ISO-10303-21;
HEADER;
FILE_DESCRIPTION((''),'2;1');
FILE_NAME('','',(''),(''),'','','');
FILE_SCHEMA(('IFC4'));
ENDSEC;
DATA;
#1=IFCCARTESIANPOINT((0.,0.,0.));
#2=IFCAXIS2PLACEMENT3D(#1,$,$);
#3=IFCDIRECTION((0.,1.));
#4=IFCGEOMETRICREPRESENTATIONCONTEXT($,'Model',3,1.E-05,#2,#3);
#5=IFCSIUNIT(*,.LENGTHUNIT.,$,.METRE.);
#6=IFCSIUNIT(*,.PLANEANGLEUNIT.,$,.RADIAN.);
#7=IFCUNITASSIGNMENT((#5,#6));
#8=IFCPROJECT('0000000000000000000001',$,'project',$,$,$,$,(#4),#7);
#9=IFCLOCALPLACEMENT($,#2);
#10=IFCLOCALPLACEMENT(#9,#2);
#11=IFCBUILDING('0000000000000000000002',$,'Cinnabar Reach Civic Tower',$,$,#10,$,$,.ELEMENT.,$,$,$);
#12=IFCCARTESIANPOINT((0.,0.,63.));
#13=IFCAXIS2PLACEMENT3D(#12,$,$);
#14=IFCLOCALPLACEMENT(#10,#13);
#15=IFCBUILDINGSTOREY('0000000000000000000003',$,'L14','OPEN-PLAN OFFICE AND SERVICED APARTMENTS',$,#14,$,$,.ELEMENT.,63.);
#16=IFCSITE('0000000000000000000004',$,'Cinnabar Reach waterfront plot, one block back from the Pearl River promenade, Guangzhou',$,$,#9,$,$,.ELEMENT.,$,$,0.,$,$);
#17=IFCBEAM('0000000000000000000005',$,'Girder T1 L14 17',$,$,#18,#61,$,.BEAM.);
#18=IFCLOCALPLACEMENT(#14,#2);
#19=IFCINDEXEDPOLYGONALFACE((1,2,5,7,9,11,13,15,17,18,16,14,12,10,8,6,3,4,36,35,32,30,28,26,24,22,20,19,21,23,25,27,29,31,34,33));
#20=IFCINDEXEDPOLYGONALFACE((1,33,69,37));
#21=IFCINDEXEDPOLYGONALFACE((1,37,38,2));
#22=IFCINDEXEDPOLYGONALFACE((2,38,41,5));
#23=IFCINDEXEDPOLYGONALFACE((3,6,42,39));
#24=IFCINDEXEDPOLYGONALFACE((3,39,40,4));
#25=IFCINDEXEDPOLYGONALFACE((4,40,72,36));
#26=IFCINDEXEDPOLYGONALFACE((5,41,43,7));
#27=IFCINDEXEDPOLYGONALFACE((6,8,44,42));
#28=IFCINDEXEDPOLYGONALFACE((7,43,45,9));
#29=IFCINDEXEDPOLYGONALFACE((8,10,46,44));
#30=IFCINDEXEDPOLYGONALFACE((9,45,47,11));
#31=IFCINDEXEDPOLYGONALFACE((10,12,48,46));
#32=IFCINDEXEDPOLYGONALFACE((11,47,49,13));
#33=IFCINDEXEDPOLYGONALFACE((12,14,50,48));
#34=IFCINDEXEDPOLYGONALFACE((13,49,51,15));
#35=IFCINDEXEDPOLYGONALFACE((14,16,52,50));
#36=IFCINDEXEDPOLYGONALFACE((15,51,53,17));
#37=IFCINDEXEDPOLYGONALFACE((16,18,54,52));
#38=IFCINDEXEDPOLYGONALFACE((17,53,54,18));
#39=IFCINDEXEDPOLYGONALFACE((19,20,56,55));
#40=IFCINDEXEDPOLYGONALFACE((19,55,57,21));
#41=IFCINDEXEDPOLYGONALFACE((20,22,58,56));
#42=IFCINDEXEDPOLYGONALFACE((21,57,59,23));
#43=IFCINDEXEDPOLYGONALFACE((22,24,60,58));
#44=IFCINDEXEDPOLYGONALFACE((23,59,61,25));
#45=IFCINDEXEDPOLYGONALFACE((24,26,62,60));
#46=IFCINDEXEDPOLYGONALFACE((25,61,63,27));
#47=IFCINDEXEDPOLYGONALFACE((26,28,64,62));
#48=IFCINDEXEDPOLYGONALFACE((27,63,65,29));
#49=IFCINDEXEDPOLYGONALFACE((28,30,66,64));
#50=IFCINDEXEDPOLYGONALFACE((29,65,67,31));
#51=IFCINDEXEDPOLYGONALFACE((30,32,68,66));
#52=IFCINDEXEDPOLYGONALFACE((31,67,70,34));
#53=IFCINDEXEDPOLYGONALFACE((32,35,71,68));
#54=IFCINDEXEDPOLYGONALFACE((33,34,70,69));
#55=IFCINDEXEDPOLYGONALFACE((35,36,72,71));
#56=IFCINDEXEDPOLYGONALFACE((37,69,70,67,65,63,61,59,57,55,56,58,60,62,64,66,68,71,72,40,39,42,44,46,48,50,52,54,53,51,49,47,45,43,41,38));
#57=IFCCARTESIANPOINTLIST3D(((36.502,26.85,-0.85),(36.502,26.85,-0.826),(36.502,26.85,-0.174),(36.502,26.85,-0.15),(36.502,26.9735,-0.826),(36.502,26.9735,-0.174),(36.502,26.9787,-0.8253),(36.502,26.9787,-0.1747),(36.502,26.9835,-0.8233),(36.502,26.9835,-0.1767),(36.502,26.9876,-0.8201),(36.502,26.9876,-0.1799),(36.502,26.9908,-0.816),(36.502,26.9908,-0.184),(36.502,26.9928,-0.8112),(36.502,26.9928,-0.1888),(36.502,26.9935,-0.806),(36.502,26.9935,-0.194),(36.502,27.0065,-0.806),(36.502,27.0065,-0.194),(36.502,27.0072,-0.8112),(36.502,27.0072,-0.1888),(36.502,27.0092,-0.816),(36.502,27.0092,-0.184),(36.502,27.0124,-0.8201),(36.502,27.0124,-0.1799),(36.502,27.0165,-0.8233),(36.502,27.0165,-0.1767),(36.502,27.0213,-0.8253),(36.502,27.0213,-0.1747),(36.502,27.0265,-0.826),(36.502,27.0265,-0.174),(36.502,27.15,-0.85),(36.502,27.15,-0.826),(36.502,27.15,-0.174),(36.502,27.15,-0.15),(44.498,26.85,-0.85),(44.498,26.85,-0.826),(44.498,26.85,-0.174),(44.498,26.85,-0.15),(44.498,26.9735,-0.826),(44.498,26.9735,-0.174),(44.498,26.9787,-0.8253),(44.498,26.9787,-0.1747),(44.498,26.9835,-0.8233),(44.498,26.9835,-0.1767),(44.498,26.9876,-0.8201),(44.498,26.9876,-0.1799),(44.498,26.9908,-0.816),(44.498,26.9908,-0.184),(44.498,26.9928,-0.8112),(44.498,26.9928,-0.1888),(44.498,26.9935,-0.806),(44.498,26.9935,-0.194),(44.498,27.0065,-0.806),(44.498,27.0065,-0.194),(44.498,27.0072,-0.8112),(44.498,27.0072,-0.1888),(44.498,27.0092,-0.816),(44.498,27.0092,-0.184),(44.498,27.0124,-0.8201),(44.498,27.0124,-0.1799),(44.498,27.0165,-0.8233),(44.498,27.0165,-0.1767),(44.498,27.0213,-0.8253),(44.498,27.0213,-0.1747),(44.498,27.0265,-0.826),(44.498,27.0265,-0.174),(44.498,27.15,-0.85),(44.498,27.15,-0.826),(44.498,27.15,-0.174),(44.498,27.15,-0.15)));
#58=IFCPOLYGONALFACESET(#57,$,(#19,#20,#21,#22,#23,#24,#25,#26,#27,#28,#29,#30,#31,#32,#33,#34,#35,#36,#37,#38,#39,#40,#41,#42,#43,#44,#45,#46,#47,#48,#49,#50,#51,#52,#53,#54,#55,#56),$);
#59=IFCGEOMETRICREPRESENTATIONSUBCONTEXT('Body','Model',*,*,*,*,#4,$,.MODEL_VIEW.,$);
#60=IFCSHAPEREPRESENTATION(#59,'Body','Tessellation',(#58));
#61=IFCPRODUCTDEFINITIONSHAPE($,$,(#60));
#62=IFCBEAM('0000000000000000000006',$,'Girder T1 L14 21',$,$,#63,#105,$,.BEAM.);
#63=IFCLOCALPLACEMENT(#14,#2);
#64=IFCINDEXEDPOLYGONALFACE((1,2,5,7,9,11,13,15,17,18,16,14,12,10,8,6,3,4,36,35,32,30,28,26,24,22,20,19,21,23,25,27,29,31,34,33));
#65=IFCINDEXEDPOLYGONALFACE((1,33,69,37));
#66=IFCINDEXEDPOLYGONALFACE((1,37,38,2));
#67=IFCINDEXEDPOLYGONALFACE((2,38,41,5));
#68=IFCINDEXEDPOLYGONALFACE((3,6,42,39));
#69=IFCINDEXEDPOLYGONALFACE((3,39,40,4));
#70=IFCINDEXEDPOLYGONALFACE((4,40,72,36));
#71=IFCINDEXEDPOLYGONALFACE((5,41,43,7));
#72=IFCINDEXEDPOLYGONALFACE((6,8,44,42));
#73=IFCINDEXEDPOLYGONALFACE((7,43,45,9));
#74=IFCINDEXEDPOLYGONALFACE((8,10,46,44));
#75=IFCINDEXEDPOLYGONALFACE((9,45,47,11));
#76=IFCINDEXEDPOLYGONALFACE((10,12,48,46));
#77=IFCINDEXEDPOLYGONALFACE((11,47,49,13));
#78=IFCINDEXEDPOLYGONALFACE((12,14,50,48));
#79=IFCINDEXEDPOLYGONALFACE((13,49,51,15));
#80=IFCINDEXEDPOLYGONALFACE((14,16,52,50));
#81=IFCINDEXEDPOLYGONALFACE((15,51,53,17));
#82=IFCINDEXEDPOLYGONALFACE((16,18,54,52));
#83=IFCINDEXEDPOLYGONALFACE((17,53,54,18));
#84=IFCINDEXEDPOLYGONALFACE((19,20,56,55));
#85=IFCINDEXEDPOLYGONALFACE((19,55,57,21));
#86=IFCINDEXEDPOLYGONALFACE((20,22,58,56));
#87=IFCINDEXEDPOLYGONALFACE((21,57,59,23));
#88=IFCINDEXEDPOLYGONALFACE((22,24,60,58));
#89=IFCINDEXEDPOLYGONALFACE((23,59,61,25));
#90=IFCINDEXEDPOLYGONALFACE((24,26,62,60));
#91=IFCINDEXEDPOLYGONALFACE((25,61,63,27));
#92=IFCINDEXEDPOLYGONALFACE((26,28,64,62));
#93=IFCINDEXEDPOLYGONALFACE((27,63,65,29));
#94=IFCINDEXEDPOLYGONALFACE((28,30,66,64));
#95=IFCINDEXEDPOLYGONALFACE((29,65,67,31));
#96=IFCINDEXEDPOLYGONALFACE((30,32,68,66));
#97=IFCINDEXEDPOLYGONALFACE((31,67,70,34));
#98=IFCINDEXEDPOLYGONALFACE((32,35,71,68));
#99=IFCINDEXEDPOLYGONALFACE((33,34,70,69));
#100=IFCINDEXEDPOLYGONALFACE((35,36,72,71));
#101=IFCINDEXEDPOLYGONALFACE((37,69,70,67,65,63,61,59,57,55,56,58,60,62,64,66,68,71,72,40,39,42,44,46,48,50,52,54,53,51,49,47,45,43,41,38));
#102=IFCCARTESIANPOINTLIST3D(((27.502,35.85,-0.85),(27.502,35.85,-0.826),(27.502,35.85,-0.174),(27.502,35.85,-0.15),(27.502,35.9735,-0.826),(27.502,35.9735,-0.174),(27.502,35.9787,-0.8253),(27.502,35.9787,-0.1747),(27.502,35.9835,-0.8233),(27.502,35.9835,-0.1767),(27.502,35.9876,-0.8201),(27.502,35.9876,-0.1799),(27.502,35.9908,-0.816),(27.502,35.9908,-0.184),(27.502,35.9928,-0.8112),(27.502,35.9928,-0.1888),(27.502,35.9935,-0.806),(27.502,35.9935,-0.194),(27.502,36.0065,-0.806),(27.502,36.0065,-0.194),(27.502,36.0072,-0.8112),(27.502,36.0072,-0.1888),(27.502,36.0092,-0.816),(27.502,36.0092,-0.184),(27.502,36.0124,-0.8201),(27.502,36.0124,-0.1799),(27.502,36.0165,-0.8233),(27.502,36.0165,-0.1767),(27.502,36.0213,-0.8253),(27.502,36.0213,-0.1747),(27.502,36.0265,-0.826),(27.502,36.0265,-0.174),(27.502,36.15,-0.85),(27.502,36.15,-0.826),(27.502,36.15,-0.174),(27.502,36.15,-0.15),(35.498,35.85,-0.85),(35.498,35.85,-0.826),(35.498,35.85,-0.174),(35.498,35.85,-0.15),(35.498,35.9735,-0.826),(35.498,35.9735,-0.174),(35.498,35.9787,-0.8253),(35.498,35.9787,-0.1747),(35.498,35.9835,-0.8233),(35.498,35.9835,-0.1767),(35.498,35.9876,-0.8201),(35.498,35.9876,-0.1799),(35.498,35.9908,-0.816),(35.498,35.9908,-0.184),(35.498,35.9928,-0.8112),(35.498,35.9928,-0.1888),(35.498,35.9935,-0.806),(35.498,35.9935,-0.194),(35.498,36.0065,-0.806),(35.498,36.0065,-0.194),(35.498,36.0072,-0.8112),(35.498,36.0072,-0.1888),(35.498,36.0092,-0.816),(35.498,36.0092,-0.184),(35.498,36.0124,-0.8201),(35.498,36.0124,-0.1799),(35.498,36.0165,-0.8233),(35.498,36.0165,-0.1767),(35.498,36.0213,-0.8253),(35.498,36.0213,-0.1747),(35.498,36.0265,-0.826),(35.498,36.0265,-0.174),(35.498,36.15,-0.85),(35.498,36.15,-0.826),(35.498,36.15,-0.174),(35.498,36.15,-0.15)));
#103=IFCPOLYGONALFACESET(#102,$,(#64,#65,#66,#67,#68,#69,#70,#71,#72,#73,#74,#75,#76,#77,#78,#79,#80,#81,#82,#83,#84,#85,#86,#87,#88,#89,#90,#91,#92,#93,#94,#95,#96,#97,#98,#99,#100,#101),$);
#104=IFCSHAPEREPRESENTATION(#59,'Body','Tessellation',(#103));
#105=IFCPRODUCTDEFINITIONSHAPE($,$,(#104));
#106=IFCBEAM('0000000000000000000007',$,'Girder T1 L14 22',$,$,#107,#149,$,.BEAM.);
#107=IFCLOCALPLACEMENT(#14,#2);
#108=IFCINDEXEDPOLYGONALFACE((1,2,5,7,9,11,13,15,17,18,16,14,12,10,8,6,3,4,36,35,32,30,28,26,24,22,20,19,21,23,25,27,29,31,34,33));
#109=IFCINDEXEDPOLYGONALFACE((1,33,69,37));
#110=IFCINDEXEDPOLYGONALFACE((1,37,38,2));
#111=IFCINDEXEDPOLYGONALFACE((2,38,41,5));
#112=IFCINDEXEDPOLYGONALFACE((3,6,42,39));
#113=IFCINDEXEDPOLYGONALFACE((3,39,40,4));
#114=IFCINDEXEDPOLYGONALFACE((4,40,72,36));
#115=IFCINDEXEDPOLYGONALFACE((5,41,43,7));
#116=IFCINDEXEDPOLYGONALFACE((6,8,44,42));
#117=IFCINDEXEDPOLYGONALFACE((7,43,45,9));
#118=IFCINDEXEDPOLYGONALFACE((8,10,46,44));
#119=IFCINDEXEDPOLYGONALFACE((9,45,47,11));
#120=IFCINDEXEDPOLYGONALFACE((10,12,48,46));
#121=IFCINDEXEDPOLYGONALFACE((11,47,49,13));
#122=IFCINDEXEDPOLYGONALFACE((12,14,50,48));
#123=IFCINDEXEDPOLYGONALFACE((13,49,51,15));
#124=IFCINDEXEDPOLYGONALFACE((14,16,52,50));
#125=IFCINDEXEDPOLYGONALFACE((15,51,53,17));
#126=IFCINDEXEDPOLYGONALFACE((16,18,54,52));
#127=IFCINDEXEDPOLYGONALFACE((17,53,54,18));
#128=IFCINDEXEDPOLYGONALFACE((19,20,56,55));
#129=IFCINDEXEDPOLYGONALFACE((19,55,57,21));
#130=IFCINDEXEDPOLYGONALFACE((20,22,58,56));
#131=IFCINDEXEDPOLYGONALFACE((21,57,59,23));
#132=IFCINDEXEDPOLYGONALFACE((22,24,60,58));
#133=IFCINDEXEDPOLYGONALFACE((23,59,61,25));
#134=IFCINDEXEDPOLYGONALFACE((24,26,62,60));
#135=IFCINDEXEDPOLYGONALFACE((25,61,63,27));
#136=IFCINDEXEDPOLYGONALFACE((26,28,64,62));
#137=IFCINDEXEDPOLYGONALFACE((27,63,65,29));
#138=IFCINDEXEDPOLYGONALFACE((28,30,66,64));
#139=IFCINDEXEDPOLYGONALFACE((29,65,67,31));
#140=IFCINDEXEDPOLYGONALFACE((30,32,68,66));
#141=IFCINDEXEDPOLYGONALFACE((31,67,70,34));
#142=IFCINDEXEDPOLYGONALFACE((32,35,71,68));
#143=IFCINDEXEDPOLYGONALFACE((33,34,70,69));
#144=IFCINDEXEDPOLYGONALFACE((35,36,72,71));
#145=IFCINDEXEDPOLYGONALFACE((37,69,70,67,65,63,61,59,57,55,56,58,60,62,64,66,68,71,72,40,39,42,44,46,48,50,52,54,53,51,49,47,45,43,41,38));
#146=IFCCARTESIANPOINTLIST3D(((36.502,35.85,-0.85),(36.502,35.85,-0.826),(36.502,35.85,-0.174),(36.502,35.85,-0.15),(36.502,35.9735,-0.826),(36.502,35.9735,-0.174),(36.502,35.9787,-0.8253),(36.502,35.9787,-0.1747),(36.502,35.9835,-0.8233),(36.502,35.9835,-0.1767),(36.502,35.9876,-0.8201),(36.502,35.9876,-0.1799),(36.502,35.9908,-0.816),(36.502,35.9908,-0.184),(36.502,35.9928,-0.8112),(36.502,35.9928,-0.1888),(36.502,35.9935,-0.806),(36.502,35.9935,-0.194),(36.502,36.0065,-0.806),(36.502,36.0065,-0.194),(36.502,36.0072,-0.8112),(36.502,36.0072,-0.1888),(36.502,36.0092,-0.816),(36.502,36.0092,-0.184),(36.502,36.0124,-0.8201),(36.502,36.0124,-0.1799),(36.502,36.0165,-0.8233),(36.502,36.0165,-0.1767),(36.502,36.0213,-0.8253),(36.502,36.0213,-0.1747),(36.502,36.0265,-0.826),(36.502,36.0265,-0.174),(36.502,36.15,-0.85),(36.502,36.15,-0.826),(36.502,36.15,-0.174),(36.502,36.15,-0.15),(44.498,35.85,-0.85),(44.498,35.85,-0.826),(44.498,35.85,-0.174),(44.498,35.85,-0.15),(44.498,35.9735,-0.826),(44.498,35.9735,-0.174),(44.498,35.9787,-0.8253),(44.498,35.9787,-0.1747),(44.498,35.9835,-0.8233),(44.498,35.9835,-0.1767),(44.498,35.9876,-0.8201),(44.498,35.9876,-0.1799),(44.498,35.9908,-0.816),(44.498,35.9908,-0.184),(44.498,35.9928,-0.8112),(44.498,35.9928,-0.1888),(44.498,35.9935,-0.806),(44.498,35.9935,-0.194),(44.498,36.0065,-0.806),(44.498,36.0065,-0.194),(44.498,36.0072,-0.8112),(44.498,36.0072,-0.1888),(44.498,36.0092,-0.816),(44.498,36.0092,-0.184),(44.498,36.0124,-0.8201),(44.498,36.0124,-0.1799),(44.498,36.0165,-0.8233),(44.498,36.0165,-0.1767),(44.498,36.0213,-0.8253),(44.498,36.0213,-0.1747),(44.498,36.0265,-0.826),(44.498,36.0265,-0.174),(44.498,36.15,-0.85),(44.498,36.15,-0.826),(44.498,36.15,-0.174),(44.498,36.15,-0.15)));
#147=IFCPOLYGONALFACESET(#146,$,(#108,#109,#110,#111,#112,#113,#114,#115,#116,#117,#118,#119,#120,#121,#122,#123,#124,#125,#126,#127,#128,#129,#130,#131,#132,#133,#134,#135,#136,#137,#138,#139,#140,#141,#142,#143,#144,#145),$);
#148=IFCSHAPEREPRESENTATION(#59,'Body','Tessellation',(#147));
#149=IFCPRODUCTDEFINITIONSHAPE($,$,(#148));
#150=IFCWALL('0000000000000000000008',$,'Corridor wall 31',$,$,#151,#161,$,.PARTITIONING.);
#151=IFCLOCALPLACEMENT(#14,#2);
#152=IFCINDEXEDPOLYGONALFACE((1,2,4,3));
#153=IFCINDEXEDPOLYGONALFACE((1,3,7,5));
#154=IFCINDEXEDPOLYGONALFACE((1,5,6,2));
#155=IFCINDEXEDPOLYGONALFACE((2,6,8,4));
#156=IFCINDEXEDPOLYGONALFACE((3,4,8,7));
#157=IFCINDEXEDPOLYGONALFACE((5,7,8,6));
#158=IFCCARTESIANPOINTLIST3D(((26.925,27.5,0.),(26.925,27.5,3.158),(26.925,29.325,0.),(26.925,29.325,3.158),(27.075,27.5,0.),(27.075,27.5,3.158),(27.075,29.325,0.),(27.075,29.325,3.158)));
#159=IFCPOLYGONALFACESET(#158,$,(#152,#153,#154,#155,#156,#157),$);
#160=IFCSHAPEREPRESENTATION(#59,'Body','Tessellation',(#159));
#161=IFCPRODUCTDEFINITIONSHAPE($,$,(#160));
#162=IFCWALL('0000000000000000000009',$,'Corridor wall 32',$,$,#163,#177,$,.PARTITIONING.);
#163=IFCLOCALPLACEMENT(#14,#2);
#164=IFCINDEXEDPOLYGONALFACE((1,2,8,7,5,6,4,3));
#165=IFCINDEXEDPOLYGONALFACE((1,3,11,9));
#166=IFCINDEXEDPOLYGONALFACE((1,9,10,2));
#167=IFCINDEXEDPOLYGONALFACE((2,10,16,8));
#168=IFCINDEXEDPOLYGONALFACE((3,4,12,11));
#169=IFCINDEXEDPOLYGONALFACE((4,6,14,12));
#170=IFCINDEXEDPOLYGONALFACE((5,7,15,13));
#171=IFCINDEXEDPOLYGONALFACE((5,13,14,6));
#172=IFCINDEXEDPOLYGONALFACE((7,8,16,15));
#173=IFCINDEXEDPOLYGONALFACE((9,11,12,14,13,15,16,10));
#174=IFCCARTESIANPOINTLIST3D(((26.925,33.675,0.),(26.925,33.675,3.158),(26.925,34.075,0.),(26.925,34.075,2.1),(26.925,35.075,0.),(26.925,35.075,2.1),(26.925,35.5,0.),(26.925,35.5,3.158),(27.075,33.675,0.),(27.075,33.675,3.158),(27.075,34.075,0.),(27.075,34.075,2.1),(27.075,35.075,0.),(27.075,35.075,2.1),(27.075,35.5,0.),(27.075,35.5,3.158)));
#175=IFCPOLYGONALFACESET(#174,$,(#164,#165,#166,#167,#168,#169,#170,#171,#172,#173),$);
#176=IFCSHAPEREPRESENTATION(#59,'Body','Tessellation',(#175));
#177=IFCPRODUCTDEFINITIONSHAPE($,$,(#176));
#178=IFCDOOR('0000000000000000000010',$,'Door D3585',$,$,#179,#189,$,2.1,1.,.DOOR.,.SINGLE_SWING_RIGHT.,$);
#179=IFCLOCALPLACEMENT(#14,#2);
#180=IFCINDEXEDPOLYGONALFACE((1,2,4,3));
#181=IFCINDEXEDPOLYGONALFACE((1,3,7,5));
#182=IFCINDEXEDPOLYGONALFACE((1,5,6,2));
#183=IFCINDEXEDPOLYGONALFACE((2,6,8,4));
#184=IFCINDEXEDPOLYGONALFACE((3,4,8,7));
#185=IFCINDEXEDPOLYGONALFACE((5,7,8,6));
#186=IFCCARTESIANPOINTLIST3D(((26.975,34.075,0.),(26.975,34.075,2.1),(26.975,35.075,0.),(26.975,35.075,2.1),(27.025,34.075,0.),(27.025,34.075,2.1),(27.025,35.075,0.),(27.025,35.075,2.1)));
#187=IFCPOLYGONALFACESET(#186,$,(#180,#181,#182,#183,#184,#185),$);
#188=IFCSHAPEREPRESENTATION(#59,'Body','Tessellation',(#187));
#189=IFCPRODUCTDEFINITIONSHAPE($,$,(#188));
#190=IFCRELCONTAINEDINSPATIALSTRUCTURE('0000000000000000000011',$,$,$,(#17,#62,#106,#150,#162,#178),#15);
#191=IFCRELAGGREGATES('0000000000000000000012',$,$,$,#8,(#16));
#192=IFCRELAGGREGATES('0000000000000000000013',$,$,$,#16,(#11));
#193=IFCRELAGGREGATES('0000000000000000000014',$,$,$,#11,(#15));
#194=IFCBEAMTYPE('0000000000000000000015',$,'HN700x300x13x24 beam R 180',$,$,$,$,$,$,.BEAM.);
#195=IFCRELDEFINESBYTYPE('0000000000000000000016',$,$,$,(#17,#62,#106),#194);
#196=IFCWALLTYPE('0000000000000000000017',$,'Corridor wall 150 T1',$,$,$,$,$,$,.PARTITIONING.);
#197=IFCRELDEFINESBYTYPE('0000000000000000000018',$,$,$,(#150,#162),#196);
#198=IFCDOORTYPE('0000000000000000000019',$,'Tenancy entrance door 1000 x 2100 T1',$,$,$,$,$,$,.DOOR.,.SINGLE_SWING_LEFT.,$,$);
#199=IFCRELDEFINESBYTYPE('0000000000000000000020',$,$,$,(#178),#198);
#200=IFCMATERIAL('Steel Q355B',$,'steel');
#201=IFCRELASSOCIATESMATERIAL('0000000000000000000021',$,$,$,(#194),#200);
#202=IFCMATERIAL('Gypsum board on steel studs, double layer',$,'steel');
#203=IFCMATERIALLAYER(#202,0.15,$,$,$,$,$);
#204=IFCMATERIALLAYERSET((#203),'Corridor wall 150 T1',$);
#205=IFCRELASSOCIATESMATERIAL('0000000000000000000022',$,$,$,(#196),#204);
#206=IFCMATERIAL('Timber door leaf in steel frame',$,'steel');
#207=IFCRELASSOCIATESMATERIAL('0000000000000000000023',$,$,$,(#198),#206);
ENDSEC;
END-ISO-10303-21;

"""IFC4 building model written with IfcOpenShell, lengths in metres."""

from ifc_helpers import new_model, si_unit, direction, frame, frame_2d, origin, origin_2d, place, context, subcontext, project, spatial, rectangle, i_section, extrude, material, layer, layer_set, material_profile, profile_set, type_object, element, fill, save


model = new_model("IFC4")

# Units and contexts
model_context = context("Model", 3, precision=1e-05, world=origin(), true_north=direction((0.0, 1.0)))
body_context = subcontext(model_context, "Body", "Model", "MODEL_VIEW")
ifc_project = project(units=[si_unit("LENGTHUNIT", "METRE"), si_unit("PLANEANGLEUNIT", "RADIAN")], contexts=[model_context])

# Site, building, storey
site_placement = place(None, origin())
site = spatial("IfcSite", under=ifc_project, at=site_placement, Name="Cinnabar Reach waterfront plot, one block back from the Pearl River promenade, Guangzhou", CompositionType="ELEMENT", RefElevation=0.0)
building_placement = place(site_placement, origin())
building = spatial("IfcBuilding", under=site, at=building_placement, Name="Cinnabar Reach Civic Tower", CompositionType="ELEMENT")
storey_placement = place(building_placement, frame((0.0, 0.0, 63.0)))
storey = spatial("IfcBuildingStorey", under=building, at=storey_placement, Name="L14", Description="OPEN-PLAN OFFICE AND SERVICED APARTMENTS", CompositionType="ELEMENT", Elevation=63.0)

# Beams
ifc_material_1 = material(Name="Steel Q355B", Category="steel")
ifc_material_profile_1 = material_profile(ifc_material_1, i_section(OverallWidth=0.3, OverallDepth=0.7, WebThickness=0.013, FlangeThickness=0.024, FilletRadius=0.02, at=origin_2d()), Name="HN700x300x13x24")
ifc_profile_set_1 = profile_set([ifc_material_profile_1], Name="Steel Q355B")
beam_type_1 = type_object("IfcBeamType", Name="HN700x300x13x24 beam R 180", PredefinedType="BEAM", material=ifc_profile_set_1)
for number, where, z_axis, x_axis, name in (
    (1, (36.502, 27.0, -0.5), (1.0, 0.0, 0.0), (0.0, 1.0, 0.0), "Girder T1 L14 17"),
    (2, (27.502, 36.0, -0.5), (1.0, 0.0, 0.0), (0.0, 1.0, 0.0), "Girder T1 L14 21"),
    (3, (36.502, 36.0, -0.5), (1.0, 0.0, 0.0), (0.0, 1.0, 0.0), "Girder T1 L14 22"),
):
    element("IfcBeam", number, at=place(storey_placement, frame(where, z_axis=z_axis, x_axis=x_axis)), inside=storey, type_object=beam_type_1, Name=name, PredefinedType="BEAM", context=body_context, shape_type="SweptSolid", body=[
        extrude(i_section(OverallWidth=0.3, OverallDepth=0.7, WebThickness=0.013, FlangeThickness=0.024, FilletRadius=0.02, at=origin_2d()), origin(), (0.0, 0.0, 1.0), 7.996),
    ])

# Wall
ifc_material_2 = material(Name="Gypsum board on steel studs, double layer", Category="steel")
ifc_layer_1 = layer(ifc_material_2, 0.15)
ifc_layer_set_1 = layer_set([ifc_layer_1], Name="Corridor wall 150 T1")
wall_type_1 = type_object("IfcWallType", Name="Corridor wall 150 T1", PredefinedType="PARTITIONING", material=ifc_layer_set_1)
wall_1_placement = place(storey_placement, frame((27.0, 27.5, 0.0), z_axis=(0.0, 0.0, 1.0), x_axis=(0.0, 1.0, 0.0)))
element("IfcWall", 4, at=wall_1_placement, inside=storey, type_object=wall_type_1, Name="Corridor wall 31", PredefinedType="PARTITIONING", context=body_context, shape_type="SweptSolid", body=[
    extrude(rectangle(XDim=1.825, YDim=0.15, at=frame_2d((0.9125, 0.0))), origin(), (0.0, 0.0, 1.0), 3.158),
])

# Wall, opening, door
wall_2_placement = place(storey_placement, frame((27.0, 33.675, 0.0), z_axis=(0.0, 0.0, 1.0), x_axis=(0.0, 1.0, 0.0)))
wall_2 = element("IfcWall", 5, at=wall_2_placement, inside=storey, type_object=wall_type_1, Name="Corridor wall 32", PredefinedType="PARTITIONING", context=body_context, shape_type="SweptSolid", body=[
    extrude(rectangle(XDim=1.825, YDim=0.15, at=frame_2d((0.9125, 0.0))), origin(), (0.0, 0.0, 1.0), 3.158),
])
opening_1_placement = place(wall_2_placement, frame((0.4, 0.0, 0.0)))
opening_1 = element("IfcOpeningElement", 6, at=opening_1_placement, cuts=wall_2, PredefinedType="OPENING", context=body_context, shape_type="SweptSolid", body=[
    extrude(rectangle(XDim=1.0, YDim=2.1, at=frame_2d((0.5, 1.05))), frame((0.0, 0.085, 0.0), z_axis=(0.0, -1.0, 0.0), x_axis=(1.0, 0.0, 0.0)), (0.0, 0.0, 1.0), 0.17),
])
ifc_material_3 = material(Name="Timber door leaf in steel frame", Category="steel")
door_type_1 = type_object("IfcDoorType", Name="Tenancy entrance door 1000 x 2100 T1", OperationType="SINGLE_SWING_LEFT", PredefinedType="DOOR", material=ifc_material_3)
door_1_placement = place(opening_1_placement, frame((1.0, 0.0, 0.0), z_axis=(0.0, 0.0, 1.0), x_axis=(-1.0, 0.0, 0.0)))
door_1 = element("IfcDoor", 7, at=door_1_placement, inside=storey, type_object=door_type_1, Name="Door D3585", OperationType="SINGLE_SWING_RIGHT", OverallHeight=2.1, OverallWidth=1.0, PredefinedType="DOOR", context=body_context, shape_type="SweptSolid", body=[
    extrude(rectangle(XDim=1.0, YDim=2.1, at=frame_2d((0.5, 1.05))), frame((0.0, 0.025, 0.0), z_axis=(0.0, -1.0, 0.0), x_axis=(1.0, 0.0, 0.0)), (0.0, 0.0, 1.0), 0.05),
])
fill(opening_1, door_1)

save(model, "model.ifc")
